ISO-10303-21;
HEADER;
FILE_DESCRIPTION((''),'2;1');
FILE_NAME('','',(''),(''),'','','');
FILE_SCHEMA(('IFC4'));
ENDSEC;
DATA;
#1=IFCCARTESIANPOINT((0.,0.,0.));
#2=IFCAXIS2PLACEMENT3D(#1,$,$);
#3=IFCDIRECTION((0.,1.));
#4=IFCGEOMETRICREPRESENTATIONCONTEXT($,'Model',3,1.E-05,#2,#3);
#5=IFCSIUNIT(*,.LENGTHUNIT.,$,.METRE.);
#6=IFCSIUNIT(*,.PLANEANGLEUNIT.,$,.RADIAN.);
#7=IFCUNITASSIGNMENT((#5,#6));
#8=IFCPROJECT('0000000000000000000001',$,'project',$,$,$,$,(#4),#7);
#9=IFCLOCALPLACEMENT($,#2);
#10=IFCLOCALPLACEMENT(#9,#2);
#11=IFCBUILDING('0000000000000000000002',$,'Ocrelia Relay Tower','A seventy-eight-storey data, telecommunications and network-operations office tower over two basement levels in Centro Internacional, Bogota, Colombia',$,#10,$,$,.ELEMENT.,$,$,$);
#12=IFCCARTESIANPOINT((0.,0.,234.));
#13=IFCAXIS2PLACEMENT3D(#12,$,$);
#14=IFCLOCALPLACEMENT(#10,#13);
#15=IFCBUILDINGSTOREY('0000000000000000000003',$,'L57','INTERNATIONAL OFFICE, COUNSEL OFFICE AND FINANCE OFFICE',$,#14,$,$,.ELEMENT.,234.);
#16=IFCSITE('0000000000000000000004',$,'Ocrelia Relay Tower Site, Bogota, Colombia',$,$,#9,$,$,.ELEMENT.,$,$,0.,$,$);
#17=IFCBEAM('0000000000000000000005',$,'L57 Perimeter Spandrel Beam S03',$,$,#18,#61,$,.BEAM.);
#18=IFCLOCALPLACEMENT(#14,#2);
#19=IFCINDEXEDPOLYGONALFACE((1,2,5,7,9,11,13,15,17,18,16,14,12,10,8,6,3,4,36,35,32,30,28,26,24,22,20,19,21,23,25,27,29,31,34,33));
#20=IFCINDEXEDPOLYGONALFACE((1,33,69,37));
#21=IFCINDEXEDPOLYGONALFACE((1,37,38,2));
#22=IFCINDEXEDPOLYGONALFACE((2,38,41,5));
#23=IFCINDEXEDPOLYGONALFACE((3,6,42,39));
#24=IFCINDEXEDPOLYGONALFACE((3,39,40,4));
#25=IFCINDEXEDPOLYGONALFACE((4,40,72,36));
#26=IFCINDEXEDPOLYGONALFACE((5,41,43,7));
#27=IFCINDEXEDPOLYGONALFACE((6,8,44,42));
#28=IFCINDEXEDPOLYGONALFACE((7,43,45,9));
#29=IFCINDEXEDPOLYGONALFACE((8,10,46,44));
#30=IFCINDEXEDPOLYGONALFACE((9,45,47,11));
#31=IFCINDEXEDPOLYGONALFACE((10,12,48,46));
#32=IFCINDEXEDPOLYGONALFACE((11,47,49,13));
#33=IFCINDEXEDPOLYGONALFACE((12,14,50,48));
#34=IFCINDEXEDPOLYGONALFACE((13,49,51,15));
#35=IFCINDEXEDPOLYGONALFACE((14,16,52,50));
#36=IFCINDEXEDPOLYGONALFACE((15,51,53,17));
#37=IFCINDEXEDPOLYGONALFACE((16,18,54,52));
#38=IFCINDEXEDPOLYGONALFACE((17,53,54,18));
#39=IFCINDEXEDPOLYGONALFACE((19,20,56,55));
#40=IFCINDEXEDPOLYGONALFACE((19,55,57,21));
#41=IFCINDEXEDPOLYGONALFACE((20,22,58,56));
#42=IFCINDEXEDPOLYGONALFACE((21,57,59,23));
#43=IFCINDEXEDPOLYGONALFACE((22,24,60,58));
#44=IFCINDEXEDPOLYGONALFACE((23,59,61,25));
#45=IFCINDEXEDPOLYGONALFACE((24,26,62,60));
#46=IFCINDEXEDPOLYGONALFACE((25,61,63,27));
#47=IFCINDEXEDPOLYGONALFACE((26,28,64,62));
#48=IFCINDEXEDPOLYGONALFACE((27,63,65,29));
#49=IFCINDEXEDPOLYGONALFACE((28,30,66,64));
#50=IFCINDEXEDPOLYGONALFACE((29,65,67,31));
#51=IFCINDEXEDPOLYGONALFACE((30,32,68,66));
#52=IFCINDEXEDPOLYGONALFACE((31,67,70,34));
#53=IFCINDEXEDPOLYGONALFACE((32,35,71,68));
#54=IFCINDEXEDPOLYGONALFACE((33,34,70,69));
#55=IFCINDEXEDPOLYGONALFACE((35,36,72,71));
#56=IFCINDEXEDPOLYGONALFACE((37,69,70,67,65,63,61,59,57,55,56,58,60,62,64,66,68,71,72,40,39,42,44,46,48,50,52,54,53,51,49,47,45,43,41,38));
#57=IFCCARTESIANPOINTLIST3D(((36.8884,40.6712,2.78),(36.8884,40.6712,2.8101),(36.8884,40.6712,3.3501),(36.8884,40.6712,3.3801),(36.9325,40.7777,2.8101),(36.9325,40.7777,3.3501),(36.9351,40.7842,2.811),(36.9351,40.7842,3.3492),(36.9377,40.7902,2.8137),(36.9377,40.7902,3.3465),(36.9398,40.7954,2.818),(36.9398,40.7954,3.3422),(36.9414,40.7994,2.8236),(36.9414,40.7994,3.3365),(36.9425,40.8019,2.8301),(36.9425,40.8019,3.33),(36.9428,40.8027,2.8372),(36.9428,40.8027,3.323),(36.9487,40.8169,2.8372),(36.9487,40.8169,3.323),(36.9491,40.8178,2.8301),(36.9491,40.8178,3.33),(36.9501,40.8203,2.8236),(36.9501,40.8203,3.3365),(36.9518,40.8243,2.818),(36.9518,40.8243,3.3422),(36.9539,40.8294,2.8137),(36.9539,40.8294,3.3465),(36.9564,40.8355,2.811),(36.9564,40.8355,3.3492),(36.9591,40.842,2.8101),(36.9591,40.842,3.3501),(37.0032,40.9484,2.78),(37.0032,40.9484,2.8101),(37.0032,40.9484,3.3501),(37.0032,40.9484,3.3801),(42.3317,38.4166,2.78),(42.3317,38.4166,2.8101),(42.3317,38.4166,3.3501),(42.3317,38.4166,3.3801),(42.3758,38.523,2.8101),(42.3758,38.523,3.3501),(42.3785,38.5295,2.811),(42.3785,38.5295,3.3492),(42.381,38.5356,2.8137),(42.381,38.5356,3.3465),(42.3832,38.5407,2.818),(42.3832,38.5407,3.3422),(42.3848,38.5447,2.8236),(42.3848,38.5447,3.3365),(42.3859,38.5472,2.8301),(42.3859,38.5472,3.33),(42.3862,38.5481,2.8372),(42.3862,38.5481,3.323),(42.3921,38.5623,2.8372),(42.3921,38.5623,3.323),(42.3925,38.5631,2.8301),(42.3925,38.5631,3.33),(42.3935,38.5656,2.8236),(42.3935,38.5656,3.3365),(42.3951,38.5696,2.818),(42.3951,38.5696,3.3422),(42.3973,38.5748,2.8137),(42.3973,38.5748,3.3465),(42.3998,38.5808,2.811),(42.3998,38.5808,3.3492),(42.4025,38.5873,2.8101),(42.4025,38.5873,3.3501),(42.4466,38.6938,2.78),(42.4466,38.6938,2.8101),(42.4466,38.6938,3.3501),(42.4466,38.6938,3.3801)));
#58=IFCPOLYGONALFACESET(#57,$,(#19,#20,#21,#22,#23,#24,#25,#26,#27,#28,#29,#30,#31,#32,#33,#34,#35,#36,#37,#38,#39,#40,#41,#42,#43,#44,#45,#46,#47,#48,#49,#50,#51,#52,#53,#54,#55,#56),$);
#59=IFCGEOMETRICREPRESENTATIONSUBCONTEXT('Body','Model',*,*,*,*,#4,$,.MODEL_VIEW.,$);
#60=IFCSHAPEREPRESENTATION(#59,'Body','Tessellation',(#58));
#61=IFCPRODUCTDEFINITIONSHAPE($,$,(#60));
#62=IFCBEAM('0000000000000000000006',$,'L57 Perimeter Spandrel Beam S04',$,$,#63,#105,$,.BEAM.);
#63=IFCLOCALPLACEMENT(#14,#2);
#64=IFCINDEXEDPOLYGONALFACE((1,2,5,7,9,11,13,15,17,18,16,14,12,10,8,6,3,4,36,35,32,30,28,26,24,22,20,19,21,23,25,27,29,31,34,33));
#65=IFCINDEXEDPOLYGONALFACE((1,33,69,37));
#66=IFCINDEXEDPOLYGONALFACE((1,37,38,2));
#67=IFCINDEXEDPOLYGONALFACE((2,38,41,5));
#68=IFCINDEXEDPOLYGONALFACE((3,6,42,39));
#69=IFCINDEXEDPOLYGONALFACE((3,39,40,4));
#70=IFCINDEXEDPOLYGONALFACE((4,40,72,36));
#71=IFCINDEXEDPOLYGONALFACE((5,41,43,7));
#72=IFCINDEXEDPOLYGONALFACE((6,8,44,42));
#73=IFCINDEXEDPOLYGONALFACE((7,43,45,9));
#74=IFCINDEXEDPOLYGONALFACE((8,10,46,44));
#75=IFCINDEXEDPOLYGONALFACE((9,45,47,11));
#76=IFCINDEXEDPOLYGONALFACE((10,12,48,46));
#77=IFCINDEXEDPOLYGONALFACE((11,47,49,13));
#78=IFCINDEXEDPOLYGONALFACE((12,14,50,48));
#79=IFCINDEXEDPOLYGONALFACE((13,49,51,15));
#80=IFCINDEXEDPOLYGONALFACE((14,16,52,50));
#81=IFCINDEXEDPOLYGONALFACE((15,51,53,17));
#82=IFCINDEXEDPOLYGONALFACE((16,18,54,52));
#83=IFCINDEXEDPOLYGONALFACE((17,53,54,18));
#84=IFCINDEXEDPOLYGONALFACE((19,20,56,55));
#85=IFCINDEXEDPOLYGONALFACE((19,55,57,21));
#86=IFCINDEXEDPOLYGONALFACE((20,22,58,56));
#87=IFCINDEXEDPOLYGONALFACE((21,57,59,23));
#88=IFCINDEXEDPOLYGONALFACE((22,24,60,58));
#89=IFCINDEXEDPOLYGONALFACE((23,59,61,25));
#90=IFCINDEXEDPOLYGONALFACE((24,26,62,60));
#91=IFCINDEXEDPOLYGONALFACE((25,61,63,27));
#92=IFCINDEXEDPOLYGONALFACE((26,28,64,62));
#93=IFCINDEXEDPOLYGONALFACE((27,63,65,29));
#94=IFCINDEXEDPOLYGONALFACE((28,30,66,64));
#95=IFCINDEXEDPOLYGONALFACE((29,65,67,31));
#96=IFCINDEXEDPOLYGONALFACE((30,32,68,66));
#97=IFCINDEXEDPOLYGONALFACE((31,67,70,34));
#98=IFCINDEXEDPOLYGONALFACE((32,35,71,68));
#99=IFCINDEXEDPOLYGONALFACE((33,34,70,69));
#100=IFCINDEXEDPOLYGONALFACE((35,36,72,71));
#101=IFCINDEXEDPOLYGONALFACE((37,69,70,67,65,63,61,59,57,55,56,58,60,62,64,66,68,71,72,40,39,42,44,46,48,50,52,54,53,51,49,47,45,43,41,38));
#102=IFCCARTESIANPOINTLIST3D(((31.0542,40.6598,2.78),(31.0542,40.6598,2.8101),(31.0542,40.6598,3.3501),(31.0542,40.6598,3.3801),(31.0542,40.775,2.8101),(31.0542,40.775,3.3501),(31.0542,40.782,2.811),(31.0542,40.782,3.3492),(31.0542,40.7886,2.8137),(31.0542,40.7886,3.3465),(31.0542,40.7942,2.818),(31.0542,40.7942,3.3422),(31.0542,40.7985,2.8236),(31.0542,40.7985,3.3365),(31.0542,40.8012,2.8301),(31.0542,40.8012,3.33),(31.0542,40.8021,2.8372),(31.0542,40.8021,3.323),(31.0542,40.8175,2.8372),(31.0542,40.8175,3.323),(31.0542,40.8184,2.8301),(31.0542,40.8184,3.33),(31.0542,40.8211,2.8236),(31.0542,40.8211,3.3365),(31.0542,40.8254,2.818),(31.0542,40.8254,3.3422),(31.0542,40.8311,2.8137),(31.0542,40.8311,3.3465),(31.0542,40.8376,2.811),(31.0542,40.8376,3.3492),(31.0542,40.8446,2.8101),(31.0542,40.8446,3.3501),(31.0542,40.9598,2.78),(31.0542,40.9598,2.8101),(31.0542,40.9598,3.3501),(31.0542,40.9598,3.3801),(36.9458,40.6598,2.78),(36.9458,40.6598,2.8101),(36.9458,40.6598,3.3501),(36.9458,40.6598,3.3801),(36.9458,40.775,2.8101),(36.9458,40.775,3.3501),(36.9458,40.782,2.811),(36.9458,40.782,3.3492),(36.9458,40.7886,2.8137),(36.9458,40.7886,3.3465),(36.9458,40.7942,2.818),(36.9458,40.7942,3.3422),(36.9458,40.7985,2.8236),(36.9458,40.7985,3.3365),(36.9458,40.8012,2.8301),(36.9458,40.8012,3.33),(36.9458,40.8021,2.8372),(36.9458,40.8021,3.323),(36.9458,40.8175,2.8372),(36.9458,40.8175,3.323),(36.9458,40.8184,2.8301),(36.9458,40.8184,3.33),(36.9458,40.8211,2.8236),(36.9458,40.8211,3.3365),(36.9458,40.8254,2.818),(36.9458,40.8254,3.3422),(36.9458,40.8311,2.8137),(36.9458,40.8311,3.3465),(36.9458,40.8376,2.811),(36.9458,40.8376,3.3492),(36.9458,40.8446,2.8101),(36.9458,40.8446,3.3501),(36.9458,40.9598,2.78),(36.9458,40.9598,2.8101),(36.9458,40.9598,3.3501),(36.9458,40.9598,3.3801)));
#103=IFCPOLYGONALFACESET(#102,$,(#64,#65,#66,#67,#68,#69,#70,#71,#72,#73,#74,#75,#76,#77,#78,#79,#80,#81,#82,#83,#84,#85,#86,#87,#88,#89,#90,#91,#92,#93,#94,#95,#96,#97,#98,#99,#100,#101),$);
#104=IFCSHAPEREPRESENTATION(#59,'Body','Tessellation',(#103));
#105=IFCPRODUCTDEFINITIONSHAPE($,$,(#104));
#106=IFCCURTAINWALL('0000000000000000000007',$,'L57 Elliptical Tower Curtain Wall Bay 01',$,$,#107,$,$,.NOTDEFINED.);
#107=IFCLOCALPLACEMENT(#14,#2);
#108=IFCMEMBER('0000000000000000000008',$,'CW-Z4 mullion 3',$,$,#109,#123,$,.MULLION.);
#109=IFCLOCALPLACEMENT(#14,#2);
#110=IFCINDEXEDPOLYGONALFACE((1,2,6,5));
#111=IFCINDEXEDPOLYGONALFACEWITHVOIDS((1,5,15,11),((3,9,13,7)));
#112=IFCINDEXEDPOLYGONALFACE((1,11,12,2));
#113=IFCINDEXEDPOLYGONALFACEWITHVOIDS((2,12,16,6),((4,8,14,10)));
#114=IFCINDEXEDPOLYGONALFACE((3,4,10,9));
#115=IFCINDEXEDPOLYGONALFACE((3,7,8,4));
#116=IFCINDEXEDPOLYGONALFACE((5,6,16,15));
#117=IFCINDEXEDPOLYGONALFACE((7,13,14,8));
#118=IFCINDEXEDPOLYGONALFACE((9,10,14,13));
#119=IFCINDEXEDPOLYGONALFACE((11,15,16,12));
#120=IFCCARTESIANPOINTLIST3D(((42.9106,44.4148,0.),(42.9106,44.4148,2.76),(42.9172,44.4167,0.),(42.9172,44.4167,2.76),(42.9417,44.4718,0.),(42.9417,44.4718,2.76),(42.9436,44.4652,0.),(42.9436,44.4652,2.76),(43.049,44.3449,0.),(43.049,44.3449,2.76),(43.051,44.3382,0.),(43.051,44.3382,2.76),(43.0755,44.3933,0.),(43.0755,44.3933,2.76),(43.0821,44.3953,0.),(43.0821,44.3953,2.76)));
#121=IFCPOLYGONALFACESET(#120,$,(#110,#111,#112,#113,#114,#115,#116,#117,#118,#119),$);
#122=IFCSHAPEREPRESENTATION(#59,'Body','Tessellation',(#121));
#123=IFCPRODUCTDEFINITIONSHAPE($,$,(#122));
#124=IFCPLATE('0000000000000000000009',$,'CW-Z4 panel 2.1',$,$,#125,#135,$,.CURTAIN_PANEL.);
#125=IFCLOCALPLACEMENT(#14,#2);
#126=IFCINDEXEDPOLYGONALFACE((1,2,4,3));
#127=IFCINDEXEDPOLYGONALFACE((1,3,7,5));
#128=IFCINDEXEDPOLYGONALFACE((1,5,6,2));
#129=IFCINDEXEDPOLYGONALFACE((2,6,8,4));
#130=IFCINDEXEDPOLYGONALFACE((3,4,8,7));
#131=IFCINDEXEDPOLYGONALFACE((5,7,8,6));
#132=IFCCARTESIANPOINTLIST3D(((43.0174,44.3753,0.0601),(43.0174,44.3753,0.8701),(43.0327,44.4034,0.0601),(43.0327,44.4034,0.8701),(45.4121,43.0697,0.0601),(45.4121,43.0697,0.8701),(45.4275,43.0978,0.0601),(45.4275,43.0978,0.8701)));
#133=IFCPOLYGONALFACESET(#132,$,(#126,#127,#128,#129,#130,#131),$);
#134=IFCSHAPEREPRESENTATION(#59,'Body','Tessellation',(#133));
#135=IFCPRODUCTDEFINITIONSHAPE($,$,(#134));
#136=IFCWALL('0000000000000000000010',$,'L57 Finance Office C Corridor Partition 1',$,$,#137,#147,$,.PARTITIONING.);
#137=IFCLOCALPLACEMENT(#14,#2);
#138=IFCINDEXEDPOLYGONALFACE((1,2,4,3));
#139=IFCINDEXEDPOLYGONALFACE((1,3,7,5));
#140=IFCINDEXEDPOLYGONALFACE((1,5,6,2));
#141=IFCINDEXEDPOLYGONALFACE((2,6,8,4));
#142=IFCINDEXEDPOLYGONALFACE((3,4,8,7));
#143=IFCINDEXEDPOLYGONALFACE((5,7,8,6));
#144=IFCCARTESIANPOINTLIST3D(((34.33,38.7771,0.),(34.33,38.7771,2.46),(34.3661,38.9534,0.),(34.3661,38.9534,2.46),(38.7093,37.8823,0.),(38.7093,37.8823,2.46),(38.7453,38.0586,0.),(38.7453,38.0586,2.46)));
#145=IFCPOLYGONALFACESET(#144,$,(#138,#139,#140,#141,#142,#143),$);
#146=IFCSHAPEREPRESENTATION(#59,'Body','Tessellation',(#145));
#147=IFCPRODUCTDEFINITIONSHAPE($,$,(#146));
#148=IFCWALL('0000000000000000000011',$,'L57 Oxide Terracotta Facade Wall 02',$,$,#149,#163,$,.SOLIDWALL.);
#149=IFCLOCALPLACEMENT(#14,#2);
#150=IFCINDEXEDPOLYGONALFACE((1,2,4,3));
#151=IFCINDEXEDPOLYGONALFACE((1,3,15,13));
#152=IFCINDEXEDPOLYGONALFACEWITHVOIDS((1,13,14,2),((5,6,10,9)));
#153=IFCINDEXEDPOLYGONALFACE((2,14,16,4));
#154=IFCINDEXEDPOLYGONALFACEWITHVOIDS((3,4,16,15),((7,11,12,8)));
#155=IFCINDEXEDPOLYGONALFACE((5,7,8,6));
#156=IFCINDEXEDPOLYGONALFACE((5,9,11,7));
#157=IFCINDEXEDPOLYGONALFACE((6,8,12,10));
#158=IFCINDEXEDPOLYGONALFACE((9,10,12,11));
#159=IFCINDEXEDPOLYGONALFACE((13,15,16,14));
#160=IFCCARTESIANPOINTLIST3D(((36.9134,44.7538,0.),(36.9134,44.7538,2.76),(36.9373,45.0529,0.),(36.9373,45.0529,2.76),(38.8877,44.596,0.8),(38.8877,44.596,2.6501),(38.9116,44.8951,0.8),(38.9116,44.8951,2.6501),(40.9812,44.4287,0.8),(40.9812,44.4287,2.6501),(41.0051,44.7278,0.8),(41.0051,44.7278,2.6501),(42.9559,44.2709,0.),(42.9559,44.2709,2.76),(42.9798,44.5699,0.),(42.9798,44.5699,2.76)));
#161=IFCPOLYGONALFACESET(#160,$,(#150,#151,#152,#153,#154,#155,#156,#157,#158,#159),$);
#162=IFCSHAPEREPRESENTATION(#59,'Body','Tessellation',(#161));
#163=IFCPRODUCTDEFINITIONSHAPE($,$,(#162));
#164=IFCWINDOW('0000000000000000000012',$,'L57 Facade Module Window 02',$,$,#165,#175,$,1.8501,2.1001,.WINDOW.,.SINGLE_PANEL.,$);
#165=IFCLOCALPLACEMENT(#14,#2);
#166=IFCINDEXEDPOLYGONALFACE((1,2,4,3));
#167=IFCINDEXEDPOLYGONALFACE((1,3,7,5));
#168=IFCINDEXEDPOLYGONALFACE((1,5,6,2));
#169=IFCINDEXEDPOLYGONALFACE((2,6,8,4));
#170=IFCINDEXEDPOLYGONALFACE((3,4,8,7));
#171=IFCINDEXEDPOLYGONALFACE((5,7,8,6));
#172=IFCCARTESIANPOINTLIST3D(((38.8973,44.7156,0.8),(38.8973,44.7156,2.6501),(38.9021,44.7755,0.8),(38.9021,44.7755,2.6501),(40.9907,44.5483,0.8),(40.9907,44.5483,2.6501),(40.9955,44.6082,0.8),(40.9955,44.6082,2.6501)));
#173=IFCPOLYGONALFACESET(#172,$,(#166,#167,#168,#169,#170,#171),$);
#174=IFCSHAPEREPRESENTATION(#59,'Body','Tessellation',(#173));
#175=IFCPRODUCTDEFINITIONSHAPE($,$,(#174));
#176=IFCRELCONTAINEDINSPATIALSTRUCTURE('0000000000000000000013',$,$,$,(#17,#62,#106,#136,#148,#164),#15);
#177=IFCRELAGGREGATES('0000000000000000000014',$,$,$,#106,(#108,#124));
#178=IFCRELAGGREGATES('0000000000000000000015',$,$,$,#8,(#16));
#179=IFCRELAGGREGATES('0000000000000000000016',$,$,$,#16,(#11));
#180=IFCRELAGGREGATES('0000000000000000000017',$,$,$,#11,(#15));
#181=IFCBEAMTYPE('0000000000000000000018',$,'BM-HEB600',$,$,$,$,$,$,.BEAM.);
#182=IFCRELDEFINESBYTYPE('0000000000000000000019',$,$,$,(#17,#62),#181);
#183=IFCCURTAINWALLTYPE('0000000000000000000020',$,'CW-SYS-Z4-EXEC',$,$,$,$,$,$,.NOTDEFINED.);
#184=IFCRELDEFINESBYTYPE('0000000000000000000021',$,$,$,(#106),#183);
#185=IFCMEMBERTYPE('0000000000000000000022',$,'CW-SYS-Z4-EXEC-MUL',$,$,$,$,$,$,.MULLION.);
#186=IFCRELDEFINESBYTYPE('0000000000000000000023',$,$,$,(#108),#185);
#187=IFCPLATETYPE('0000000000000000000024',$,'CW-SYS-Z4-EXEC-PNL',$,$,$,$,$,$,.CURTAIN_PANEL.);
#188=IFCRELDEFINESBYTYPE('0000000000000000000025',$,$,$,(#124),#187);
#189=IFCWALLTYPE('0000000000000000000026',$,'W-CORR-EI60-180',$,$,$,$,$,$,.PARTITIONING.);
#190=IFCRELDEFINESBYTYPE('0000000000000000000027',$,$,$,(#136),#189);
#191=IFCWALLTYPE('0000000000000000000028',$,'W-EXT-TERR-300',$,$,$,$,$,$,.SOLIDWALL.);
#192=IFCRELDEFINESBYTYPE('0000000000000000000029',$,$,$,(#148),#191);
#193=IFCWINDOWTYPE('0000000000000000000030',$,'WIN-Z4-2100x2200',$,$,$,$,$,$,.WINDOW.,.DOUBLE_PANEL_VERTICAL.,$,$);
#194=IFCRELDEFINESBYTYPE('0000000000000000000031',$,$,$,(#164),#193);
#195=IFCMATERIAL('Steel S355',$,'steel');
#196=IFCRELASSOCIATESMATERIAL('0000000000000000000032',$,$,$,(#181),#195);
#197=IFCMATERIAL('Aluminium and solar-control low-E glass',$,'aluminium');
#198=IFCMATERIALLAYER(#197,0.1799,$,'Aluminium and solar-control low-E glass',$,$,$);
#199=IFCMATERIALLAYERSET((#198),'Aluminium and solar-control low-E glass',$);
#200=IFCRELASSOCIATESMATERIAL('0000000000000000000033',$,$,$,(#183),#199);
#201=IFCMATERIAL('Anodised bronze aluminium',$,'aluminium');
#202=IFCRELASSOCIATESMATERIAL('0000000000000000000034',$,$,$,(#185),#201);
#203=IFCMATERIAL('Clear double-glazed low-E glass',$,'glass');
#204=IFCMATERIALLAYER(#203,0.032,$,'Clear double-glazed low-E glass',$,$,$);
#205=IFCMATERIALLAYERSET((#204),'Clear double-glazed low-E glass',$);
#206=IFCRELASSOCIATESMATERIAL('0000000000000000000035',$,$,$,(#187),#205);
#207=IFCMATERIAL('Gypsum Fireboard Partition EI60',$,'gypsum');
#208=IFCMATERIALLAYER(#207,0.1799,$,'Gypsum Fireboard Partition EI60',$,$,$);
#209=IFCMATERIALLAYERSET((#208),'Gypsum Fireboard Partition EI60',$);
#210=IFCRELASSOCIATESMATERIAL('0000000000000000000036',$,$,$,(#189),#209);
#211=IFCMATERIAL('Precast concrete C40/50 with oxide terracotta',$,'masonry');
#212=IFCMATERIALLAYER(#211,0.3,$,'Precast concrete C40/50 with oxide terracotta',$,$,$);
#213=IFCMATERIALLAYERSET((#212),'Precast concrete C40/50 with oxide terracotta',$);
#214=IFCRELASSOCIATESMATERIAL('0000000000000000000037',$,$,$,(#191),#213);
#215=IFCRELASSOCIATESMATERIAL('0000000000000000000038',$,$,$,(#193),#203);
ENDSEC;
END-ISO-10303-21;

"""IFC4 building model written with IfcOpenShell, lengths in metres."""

from ifc_helpers import new_model, si_unit, direction, frame, frame_2d, origin, origin_2d, place, context, subcontext, project, spatial, rectangle, hollow_rectangle, i_section, extrude, material, layer, layer_set, material_profile, profile_set, type_object, element, fill, aggregate, save


model = new_model("IFC4")

# Units and contexts
model_context = context("Model", 3, precision=1e-05, world=origin(), true_north=direction((0.0, 1.0)))
body_context = subcontext(model_context, "Body", "Model", "MODEL_VIEW")
ifc_project = project(units=[si_unit("LENGTHUNIT", "METRE"), si_unit("PLANEANGLEUNIT", "RADIAN")], contexts=[model_context])

# Site, building, storey
site_placement = place(None, origin())
site = spatial("IfcSite", under=ifc_project, at=site_placement, Name="Ocrelia Relay Tower Site, Bogota, Colombia", CompositionType="ELEMENT", RefElevation=0.0)
building_placement = place(site_placement, origin())
building = spatial("IfcBuilding", under=site, at=building_placement, Name="Ocrelia Relay Tower", Description="A seventy-eight-storey data, telecommunications and network-operations office tower over two basement levels in Centro Internacional, Bogota, Colombia", CompositionType="ELEMENT")
storey_placement = place(building_placement, frame((0.0, 0.0, 234.0)))
storey = spatial("IfcBuildingStorey", under=building, at=storey_placement, Name="L57", Description="INTERNATIONAL OFFICE, COUNSEL OFFICE AND FINANCE OFFICE", CompositionType="ELEMENT", Elevation=234.0)

# Beams
ifc_material_1 = material(Name="Steel S355", Category="steel")
ifc_material_profile_1 = material_profile(ifc_material_1, i_section(OverallWidth=0.3, OverallDepth=0.6001, WebThickness=0.0154, FlangeThickness=0.03, FilletRadius=0.0271, at=origin_2d()), Name="HEB 600")
ifc_profile_set_1 = profile_set([ifc_material_profile_1], Name="Steel S355")
beam_type_1 = type_object("IfcBeamType", Name="BM-HEB600", PredefinedType="BEAM", material=ifc_profile_set_1)
beam_1_placement = place(storey_placement, frame((42.3892, 38.5552, 3.0801), z_axis=(-0.923884, 0.382673, 0.0), x_axis=(-0.382673, -0.923884, 0.0)))
element("IfcBeam", 1, at=beam_1_placement, inside=storey, type_object=beam_type_1, Name="L57 Perimeter Spandrel Beam S03", PredefinedType="BEAM", context=body_context, shape_type="SweptSolid", body=[
    extrude(i_section(OverallWidth=0.3, OverallDepth=0.6001, WebThickness=0.0154, FlangeThickness=0.03, FilletRadius=0.0271, at=origin_2d()), origin(), (0.0, 0.0, 1.0), 5.8918),
])
beam_2_placement = place(storey_placement, frame((36.9458, 40.8098, 3.0801), z_axis=(-1.0, 0.0, 0.0), x_axis=(0.0, -1.0, 0.0)))
element("IfcBeam", 2, at=beam_2_placement, inside=storey, type_object=beam_type_1, Name="L57 Perimeter Spandrel Beam S04", PredefinedType="BEAM", context=body_context, shape_type="SweptSolid", body=[
    extrude(i_section(OverallWidth=0.3, OverallDepth=0.6001, WebThickness=0.0154, FlangeThickness=0.03, FilletRadius=0.0271, at=origin_2d()), origin(), (0.0, 0.0, 1.0), 5.8916),
])

# Curtain wall, member, plate
ifc_material_2 = material(Name="Aluminium and solar-control low-E glass", Category="aluminium")
ifc_layer_1 = layer(ifc_material_2, 0.1799, Name="Aluminium and solar-control low-E glass")
ifc_layer_set_1 = layer_set([ifc_layer_1], Name="Aluminium and solar-control low-E glass")
curtain_wall_type = type_object("IfcCurtainWallType", Name="CW-SYS-Z4-EXEC", PredefinedType="NOTDEFINED", material=ifc_layer_set_1)
curtain_wall_placement = place(storey_placement, origin())
curtain_wall = element("IfcCurtainWall", 3, at=curtain_wall_placement, inside=storey, type_object=curtain_wall_type, Name="L57 Elliptical Tower Curtain Wall Bay 01", PredefinedType="NOTDEFINED")
ifc_material_3 = material(Name="Anodised bronze aluminium", Category="aluminium")
ifc_material_profile_2 = material_profile(ifc_material_3, hollow_rectangle(XDim=0.0649, YDim=0.1599, WallThickness=0.0049, at=origin_2d()), Name="CW-MUL-160x65")
ifc_profile_set_2 = profile_set([ifc_material_profile_2], Name="Anodised bronze aluminium")
member_type = type_object("IfcMemberType", Name="CW-SYS-Z4-EXEC-MUL", PredefinedType="MULLION", material=ifc_profile_set_2)
member_placement = place(storey_placement, frame((42.9963, 44.405, 0.0), z_axis=(0.0, 0.0, 1.0), x_axis=(-0.478669, -0.877996, 0.0)))
member = element("IfcMember", 4, at=member_placement, type_object=member_type, Name="CW-Z4 mullion 3", PredefinedType="MULLION", context=body_context, shape_type="SweptSolid", body=[
    extrude(hollow_rectangle(XDim=0.0649, YDim=0.1599, WallThickness=0.0049, at=origin_2d()), origin(), (0.0, 0.0, 1.0), 2.76),
])
ifc_material_4 = material(Name="Clear double-glazed low-E glass", Category="glass")
ifc_layer_2 = layer(ifc_material_4, 0.032, Name="Clear double-glazed low-E glass")
ifc_layer_set_2 = layer_set([ifc_layer_2], Name="Clear double-glazed low-E glass")
plate_type = type_object("IfcPlateType", Name="CW-SYS-Z4-EXEC-PNL", PredefinedType="CURTAIN_PANEL", material=ifc_layer_set_2)
plate_placement = place(storey_placement, frame((44.2224, 43.7366, 0.0601), z_axis=(0.0, 0.0, 1.0), x_axis=(-0.877996, 0.478669, 0.0)))
plate = element("IfcPlate", 5, at=plate_placement, type_object=plate_type, Name="CW-Z4 panel 2.1", PredefinedType="CURTAIN_PANEL", context=body_context, shape_type="SweptSolid", body=[
    extrude(rectangle(XDim=2.7275, YDim=0.032, at=origin_2d()), origin(), (0.0, 0.0, 1.0), 0.8101),
])
aggregate(curtain_wall, [member, plate])

# Wall
ifc_material_5 = material(Name="Gypsum Fireboard Partition EI60", Category="gypsum")
ifc_layer_3 = layer(ifc_material_5, 0.1799, Name="Gypsum Fireboard Partition EI60")
ifc_layer_set_3 = layer_set([ifc_layer_3], Name="Gypsum Fireboard Partition EI60")
wall_type_1 = type_object("IfcWallType", Name="W-CORR-EI60-180", PredefinedType="PARTITIONING", material=ifc_layer_set_3)
wall_1_placement = place(storey_placement, frame((38.7273, 37.9705, 0.0), z_axis=(0.0, 0.0, 1.0), x_axis=(-0.979757, 0.20019, 0.0)))
element("IfcWall", 6, at=wall_1_placement, inside=storey, type_object=wall_type_1, Name="L57 Finance Office C Corridor Partition 1", PredefinedType="PARTITIONING", context=body_context, shape_type="SweptSolid", body=[
    extrude(rectangle(XDim=4.4697, YDim=0.1799, at=frame_2d((2.2349, 0.0))), origin(), (0.0, 0.0, 1.0), 2.46),
])

# Wall, opening, window
ifc_material_6 = material(Name="Precast concrete C40/50 with oxide terracotta", Category="masonry")
ifc_layer_4 = layer(ifc_material_6, 0.3, Name="Precast concrete C40/50 with oxide terracotta")
ifc_layer_set_4 = layer_set([ifc_layer_4], Name="Precast concrete C40/50 with oxide terracotta")
wall_type_2 = type_object("IfcWallType", Name="W-EXT-TERR-300", PredefinedType="SOLIDWALL", material=ifc_layer_set_4)
wall_2_placement = place(storey_placement, frame((42.9678, 44.4204, 0.0), z_axis=(0.0, 0.0, 1.0), x_axis=(-0.996822, 0.079665, 0.0)))
wall_2 = element("IfcWall", 7, at=wall_2_placement, inside=storey, type_object=wall_type_2, Name="L57 Oxide Terracotta Facade Wall 02", PredefinedType="SOLIDWALL", context=body_context, shape_type="SweptSolid", body=[
    extrude(rectangle(XDim=6.0618, YDim=0.3, at=frame_2d((3.0308, 0.0))), origin(), (0.0, 0.0, 1.0), 2.76),
])
opening_1_placement = place(wall_2_placement, frame((1.981, 0.0, 0.8)))
opening_1 = element("IfcOpeningElement", 8, at=opening_1_placement, cuts=wall_2, PredefinedType="OPENING", context=body_context, shape_type="SweptSolid", body=[
    extrude(rectangle(XDim=2.1001, YDim=1.8501, at=frame_2d((1.05, 0.925))), frame((0.0, 0.1602, 0.0), z_axis=(0.0, -1.0, 0.0), x_axis=(1.0, 0.0, 0.0)), (0.0, 0.0, 1.0), 0.3201),
])
window_type = type_object("IfcWindowType", Name="WIN-Z4-2100x2200", PartitioningType="DOUBLE_PANEL_VERTICAL", PredefinedType="WINDOW", material=ifc_material_4)
window_1_placement = place(opening_1_placement, origin())
window_1 = element("IfcWindow", 9, at=window_1_placement, inside=storey, type_object=window_type, Name="L57 Facade Module Window 02", OverallHeight=1.8501, OverallWidth=2.1001, PartitioningType="SINGLE_PANEL", PredefinedType="WINDOW", context=body_context, shape_type="SweptSolid", body=[
    extrude(rectangle(XDim=2.1001, YDim=1.8501, at=frame_2d((1.05, 0.925))), frame((0.0, 0.03, 0.0), z_axis=(0.0, -1.0, 0.0), x_axis=(1.0, 0.0, 0.0)), (0.0, 0.0, 1.0), 0.0601),
])
fill(opening_1, window_1)

save(model, "model.ifc")
